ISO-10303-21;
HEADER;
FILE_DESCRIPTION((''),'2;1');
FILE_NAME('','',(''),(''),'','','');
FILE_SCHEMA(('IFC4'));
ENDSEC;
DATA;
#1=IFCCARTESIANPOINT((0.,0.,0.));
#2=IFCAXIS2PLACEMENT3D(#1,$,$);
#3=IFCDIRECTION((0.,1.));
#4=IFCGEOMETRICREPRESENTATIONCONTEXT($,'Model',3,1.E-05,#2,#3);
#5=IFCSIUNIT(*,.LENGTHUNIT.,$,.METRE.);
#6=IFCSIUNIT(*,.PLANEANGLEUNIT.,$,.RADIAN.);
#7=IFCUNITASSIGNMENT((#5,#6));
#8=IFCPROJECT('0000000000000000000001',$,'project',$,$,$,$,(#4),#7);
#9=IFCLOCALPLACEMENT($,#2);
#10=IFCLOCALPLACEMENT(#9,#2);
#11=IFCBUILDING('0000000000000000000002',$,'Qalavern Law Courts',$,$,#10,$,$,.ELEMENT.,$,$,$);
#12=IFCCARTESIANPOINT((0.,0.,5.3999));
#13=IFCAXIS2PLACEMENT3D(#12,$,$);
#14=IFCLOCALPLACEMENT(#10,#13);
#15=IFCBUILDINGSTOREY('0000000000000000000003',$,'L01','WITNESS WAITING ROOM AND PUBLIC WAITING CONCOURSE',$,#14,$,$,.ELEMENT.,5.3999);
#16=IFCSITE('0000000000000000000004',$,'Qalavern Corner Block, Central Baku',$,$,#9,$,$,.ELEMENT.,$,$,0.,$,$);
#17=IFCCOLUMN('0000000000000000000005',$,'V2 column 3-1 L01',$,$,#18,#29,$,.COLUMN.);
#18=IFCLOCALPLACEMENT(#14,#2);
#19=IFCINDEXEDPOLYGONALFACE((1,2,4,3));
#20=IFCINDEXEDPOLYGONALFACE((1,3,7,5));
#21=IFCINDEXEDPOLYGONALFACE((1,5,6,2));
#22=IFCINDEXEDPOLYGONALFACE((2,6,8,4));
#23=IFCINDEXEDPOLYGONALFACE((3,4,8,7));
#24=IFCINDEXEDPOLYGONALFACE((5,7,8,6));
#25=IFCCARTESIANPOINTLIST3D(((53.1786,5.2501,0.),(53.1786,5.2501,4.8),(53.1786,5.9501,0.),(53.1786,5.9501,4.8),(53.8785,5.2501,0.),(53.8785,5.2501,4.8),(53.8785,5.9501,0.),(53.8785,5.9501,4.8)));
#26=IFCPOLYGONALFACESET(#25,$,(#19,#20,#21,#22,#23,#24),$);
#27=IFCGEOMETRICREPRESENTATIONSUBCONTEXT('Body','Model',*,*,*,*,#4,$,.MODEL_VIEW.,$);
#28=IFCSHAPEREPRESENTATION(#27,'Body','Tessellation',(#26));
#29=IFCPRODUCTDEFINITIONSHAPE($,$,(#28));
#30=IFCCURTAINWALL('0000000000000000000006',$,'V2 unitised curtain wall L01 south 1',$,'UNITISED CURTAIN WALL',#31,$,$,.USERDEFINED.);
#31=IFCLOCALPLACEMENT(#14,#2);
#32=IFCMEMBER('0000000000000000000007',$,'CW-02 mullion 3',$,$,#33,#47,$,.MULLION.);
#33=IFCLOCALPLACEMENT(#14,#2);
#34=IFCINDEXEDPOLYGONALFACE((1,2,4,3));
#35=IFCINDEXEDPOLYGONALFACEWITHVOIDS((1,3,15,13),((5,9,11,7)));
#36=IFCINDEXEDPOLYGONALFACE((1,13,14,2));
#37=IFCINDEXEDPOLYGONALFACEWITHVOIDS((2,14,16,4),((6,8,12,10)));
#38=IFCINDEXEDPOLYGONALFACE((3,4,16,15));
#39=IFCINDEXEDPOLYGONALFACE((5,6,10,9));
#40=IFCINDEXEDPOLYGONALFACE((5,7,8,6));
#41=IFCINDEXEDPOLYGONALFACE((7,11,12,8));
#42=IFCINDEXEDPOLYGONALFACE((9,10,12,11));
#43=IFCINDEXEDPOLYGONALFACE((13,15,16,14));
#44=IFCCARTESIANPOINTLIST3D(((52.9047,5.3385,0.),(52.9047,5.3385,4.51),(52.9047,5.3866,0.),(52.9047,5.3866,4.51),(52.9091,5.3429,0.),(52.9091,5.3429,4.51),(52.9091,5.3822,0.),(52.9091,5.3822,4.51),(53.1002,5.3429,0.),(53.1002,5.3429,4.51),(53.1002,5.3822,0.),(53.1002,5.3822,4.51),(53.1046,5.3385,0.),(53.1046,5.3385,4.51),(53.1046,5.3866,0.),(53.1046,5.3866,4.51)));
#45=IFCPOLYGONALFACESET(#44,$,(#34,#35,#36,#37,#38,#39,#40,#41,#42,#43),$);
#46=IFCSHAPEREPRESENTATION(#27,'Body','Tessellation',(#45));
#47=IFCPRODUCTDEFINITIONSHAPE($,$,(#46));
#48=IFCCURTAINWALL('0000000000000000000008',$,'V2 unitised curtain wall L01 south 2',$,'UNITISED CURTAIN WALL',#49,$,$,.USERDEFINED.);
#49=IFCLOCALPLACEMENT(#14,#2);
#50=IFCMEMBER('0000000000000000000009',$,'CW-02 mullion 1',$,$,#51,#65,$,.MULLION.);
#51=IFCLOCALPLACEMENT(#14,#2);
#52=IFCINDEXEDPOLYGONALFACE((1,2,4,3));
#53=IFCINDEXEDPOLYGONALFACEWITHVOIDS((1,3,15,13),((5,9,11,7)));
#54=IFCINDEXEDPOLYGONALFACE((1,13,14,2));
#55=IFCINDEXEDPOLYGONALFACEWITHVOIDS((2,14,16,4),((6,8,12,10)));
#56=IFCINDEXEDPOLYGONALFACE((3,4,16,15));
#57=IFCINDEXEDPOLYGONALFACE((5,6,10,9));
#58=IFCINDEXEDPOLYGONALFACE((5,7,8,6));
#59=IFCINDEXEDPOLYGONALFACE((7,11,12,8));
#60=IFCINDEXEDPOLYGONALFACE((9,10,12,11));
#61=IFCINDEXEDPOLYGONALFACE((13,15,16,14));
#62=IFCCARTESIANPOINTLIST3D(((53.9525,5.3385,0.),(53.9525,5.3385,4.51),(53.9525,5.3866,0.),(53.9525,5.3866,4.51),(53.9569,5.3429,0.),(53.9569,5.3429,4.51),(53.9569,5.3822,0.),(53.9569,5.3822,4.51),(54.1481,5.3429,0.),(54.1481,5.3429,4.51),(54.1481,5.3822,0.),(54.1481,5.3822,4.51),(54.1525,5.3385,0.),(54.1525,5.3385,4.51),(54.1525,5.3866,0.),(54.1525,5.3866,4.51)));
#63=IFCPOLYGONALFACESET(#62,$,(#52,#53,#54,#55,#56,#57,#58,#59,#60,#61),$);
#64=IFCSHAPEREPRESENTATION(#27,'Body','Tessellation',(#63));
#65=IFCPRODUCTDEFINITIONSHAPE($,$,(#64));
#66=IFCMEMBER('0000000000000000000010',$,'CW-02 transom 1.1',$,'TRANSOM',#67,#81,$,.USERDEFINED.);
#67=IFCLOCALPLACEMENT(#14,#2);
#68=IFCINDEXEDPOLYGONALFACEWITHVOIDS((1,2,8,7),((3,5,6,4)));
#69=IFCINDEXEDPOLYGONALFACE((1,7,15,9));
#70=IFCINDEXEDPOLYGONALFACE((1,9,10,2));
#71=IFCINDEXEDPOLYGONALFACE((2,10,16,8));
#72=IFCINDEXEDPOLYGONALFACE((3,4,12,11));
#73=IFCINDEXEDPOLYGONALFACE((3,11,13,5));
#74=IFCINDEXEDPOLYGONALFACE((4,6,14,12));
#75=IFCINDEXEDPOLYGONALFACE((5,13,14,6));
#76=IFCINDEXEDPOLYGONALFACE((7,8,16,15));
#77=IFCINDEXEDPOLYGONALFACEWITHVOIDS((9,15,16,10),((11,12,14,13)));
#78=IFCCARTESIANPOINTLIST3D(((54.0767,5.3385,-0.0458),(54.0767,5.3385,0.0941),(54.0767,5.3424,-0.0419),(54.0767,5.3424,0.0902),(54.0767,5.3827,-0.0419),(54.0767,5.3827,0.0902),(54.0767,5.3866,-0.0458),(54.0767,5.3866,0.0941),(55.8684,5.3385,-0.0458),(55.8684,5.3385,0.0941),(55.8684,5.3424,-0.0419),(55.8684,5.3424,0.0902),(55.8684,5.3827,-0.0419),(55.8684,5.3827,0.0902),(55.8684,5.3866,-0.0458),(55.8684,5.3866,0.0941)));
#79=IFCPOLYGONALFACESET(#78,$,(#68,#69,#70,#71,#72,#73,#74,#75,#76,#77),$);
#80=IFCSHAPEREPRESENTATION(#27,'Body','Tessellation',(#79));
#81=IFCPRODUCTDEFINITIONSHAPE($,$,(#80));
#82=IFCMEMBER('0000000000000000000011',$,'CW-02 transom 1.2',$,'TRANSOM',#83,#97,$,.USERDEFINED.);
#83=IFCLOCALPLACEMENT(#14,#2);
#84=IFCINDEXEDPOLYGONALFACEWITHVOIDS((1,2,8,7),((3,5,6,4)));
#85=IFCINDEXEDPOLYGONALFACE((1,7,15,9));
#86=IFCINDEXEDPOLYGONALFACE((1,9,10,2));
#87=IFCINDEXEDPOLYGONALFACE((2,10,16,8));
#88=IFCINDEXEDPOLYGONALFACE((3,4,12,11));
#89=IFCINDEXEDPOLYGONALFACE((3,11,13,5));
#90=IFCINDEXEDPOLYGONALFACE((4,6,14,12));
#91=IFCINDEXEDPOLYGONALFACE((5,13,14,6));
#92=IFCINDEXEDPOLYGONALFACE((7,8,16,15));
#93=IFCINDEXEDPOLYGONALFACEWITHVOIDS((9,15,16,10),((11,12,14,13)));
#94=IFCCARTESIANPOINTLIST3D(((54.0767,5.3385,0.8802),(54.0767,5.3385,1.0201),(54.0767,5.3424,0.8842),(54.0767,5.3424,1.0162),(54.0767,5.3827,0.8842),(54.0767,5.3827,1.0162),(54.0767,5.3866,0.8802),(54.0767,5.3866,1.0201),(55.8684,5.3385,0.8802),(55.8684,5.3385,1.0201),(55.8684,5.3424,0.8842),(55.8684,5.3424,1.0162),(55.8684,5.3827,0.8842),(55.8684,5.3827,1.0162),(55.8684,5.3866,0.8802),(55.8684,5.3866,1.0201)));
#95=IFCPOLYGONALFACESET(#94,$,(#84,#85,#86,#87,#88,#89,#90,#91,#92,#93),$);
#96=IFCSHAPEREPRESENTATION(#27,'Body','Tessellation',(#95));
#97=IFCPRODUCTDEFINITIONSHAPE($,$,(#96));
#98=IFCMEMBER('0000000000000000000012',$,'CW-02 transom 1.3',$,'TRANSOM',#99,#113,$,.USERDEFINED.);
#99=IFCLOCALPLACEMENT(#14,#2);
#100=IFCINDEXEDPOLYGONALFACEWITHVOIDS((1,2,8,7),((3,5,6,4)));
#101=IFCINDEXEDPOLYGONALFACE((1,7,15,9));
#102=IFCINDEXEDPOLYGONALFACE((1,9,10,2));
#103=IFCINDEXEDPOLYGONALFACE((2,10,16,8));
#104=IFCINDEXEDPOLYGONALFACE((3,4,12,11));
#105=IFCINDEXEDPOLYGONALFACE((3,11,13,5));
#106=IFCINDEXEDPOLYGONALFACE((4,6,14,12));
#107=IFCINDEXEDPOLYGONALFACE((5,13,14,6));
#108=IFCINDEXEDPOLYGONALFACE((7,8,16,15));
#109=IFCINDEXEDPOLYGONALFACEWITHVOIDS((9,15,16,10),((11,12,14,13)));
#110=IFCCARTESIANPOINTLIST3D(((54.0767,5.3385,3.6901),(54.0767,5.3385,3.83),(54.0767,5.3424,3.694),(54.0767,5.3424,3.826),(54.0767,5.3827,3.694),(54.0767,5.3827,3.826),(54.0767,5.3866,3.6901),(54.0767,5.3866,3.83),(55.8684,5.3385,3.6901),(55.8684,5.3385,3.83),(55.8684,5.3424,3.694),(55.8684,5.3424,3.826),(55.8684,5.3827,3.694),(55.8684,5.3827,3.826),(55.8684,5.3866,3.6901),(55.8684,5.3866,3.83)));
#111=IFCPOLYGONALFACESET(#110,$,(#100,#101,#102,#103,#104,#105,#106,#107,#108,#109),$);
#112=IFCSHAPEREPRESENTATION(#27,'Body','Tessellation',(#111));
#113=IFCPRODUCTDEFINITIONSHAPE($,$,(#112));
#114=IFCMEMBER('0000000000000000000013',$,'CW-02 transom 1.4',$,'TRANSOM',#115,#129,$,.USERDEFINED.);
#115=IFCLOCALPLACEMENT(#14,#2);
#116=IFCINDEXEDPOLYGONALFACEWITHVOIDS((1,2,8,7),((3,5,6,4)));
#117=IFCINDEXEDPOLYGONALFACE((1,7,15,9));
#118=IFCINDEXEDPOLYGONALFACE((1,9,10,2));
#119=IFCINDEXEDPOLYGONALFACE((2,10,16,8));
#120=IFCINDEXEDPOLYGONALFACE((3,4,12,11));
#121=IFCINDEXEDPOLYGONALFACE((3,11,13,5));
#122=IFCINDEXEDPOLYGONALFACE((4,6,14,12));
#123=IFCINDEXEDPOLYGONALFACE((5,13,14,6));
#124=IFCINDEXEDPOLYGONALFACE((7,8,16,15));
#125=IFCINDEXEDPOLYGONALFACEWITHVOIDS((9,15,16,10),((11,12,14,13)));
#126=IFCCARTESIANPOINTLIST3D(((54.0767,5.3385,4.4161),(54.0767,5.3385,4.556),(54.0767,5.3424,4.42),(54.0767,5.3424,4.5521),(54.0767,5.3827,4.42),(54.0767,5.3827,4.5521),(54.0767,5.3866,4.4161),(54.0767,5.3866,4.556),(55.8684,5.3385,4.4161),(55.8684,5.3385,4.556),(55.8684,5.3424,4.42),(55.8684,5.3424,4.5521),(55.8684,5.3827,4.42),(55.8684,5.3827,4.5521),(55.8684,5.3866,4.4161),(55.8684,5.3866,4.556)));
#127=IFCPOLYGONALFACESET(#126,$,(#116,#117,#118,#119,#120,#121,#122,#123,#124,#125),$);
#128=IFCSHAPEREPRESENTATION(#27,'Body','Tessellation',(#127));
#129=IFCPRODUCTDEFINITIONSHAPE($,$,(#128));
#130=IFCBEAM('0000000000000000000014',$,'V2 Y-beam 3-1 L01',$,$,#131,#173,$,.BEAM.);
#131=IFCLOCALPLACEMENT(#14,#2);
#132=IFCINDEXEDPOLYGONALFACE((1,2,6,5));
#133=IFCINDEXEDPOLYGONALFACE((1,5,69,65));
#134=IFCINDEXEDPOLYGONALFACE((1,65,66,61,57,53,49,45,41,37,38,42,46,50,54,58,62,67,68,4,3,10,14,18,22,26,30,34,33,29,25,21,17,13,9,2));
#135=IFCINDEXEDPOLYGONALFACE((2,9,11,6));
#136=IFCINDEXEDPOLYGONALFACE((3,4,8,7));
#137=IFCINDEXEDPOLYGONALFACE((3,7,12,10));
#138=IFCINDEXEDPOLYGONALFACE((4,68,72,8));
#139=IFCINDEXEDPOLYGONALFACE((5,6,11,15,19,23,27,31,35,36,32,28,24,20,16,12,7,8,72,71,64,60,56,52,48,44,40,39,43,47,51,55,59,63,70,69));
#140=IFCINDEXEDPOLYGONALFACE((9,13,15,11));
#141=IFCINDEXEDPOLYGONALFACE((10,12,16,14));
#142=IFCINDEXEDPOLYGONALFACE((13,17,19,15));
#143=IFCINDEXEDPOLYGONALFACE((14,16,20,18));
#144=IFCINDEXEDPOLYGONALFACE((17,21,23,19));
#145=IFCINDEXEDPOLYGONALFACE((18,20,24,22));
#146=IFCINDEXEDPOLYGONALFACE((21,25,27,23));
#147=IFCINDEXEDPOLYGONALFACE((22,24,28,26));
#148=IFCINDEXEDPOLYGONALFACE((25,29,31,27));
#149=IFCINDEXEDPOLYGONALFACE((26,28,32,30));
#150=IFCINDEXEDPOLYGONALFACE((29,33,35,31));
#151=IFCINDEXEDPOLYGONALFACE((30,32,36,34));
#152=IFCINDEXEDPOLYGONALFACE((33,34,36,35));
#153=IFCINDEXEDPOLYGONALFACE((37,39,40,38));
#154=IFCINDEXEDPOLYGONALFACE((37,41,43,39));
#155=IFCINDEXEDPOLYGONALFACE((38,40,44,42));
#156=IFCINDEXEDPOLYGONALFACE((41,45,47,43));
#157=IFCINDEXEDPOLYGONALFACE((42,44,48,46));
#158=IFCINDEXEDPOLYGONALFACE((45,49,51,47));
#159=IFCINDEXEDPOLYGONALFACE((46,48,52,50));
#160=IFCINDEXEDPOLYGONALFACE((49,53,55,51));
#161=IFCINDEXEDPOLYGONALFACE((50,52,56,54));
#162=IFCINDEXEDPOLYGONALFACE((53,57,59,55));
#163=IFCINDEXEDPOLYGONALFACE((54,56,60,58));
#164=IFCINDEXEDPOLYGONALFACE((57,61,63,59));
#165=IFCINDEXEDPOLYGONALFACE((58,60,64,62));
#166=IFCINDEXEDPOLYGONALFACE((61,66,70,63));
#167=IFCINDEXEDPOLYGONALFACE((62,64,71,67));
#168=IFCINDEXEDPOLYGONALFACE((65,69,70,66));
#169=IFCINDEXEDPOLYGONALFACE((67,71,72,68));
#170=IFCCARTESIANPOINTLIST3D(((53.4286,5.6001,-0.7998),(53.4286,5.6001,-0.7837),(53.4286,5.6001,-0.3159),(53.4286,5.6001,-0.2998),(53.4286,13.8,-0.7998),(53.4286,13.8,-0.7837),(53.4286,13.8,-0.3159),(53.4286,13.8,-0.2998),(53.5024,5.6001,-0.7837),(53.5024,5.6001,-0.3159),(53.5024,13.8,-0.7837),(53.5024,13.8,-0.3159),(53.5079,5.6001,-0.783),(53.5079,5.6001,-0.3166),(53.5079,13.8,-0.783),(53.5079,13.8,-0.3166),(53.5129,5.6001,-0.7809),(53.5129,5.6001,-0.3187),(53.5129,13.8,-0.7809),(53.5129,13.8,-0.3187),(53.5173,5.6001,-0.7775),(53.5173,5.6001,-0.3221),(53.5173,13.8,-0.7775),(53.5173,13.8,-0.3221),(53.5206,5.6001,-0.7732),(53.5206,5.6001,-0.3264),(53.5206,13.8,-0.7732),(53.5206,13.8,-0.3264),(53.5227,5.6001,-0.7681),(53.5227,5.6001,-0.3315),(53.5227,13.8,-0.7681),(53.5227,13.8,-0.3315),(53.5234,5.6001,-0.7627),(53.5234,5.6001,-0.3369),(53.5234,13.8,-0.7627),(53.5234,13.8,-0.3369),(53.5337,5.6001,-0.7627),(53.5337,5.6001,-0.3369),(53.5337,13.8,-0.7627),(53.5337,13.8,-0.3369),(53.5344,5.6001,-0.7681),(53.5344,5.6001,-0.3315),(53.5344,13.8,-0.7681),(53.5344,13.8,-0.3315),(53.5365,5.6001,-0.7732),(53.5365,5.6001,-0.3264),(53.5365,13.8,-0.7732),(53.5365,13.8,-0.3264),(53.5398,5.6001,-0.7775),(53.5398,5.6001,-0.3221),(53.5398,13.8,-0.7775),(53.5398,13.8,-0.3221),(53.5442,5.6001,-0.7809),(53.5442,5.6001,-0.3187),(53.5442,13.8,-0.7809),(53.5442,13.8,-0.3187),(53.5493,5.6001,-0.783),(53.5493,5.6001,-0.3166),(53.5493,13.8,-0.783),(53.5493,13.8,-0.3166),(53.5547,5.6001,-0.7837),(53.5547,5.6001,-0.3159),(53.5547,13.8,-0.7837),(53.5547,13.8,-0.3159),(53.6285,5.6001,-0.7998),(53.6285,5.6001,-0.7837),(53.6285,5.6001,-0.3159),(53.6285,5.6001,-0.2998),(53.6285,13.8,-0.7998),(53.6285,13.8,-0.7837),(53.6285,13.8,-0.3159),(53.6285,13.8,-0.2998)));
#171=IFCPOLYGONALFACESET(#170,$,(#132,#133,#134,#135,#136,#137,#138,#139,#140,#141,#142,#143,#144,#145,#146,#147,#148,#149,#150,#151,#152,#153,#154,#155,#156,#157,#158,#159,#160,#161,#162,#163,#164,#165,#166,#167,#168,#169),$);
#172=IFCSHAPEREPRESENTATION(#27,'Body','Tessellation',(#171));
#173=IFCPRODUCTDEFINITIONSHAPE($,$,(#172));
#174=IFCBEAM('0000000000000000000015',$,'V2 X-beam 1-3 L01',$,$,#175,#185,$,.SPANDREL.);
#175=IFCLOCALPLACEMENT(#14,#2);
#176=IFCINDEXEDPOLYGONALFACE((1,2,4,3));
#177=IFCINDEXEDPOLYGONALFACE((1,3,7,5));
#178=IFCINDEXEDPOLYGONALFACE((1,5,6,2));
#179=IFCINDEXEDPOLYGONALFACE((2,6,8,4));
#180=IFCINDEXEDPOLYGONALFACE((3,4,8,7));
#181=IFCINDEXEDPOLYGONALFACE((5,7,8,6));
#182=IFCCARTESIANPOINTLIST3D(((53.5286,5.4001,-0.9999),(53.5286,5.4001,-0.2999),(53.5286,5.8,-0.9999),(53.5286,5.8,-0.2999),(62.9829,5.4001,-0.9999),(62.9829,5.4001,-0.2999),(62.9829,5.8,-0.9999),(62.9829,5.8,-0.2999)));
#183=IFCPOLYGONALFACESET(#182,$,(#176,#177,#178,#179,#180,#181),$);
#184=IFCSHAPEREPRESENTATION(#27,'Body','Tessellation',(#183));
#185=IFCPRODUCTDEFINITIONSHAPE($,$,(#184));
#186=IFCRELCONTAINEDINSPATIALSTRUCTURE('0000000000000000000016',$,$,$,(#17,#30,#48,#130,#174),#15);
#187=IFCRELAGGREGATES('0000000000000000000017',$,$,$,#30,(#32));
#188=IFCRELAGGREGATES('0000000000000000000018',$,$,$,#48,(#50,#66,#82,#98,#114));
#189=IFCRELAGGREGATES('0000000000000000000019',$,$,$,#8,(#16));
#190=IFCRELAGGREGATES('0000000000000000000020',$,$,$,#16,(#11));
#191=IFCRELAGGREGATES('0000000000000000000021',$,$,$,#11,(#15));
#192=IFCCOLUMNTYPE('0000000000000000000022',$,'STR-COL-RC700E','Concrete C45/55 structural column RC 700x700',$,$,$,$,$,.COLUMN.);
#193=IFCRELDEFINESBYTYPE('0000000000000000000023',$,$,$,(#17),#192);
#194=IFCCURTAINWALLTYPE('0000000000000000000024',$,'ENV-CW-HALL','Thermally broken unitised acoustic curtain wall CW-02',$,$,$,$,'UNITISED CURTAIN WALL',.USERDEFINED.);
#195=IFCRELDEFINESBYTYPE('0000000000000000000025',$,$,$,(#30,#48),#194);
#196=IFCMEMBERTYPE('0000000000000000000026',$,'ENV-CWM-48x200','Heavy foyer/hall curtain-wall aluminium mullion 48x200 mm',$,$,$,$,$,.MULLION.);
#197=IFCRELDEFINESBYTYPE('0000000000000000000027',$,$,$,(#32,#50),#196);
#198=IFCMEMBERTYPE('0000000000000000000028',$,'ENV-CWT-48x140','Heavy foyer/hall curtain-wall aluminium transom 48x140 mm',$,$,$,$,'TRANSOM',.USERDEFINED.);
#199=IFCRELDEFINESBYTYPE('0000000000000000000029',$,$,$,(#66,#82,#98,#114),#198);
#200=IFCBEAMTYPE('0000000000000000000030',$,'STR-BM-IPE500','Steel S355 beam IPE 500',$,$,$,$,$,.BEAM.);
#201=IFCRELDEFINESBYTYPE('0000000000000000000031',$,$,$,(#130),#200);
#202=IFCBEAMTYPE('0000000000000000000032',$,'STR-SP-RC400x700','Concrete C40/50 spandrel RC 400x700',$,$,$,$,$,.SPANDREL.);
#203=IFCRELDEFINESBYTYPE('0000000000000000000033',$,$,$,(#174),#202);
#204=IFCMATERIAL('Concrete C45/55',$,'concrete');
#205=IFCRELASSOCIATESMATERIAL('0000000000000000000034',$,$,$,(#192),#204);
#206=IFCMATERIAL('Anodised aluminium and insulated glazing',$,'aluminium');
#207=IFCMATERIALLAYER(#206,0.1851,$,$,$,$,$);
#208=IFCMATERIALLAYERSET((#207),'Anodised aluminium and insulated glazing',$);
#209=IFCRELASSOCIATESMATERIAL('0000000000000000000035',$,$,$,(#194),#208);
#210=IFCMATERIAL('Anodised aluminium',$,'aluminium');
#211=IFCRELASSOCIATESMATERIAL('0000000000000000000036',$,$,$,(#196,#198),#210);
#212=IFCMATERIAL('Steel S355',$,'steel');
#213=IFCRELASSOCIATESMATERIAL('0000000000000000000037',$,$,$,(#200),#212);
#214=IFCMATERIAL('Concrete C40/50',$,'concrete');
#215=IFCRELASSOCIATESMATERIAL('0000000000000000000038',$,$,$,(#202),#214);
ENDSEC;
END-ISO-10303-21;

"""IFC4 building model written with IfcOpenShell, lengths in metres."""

from ifc_helpers import new_model, si_unit, direction, frame, origin, origin_2d, place, context, subcontext, project, spatial, rectangle, hollow_rectangle, i_section, extrude, material, layer, layer_set, material_profile, profile_set, type_object, element, aggregate, save


model = new_model("IFC4")

# Units and contexts
model_context = context("Model", 3, precision=1e-05, world=origin(), true_north=direction((0.0, 1.0)))
body_context = subcontext(model_context, "Body", "Model", "MODEL_VIEW")
ifc_project = project(units=[si_unit("LENGTHUNIT", "METRE"), si_unit("PLANEANGLEUNIT", "RADIAN")], contexts=[model_context])

# Site, building, storey
site_placement = place(None, origin())
site = spatial("IfcSite", under=ifc_project, at=site_placement, Name="Qalavern Corner Block, Central Baku", CompositionType="ELEMENT", RefElevation=0.0)
building_placement = place(site_placement, origin())
building = spatial("IfcBuilding", under=site, at=building_placement, Name="Qalavern Law Courts", CompositionType="ELEMENT")
storey_placement = place(building_placement, frame((0.0, 0.0, 5.3999)))
storey = spatial("IfcBuildingStorey", under=building, at=storey_placement, Name="L01", Description="WITNESS WAITING ROOM AND PUBLIC WAITING CONCOURSE", CompositionType="ELEMENT", Elevation=5.3999)

# Column
ifc_material_1 = material(Name="Concrete C45/55", Category="concrete")
ifc_material_profile_1 = material_profile(ifc_material_1, rectangle(XDim=0.7, YDim=0.7, at=origin_2d()), Name="RC 700x700")
ifc_profile_set_1 = profile_set([ifc_material_profile_1], Name="Concrete C45/55")
column_type = type_object("IfcColumnType", Name="STR-COL-RC700E", Description="Concrete C45/55 structural column RC 700x700", PredefinedType="COLUMN", material=ifc_profile_set_1)
column_placement = place(storey_placement, frame((53.5286, 5.6001, 0.0), z_axis=(0.0, 0.0, 1.0), x_axis=(1.0, 0.0, 0.0)))
element("IfcColumn", 1, at=column_placement, inside=storey, type_object=column_type, Name="V2 column 3-1 L01", PredefinedType="COLUMN", context=body_context, shape_type="SweptSolid", body=[
    extrude(rectangle(XDim=0.7, YDim=0.7, at=origin_2d()), origin(), (0.0, 0.0, 1.0), 4.8),
])

# Curtain wall, member
ifc_material_2 = material(Name="Anodised aluminium and insulated glazing", Category="aluminium")
ifc_layer_1 = layer(ifc_material_2, 0.1851)
ifc_layer_set_1 = layer_set([ifc_layer_1], Name="Anodised aluminium and insulated glazing")
curtain_wall_type = type_object("IfcCurtainWallType", Name="ENV-CW-HALL", Description="Thermally broken unitised acoustic curtain wall CW-02", ElementType="UNITISED CURTAIN WALL", PredefinedType="USERDEFINED", material=ifc_layer_set_1)
curtain_wall_1_placement = place(storey_placement, origin())
curtain_wall_1 = element("IfcCurtainWall", 2, at=curtain_wall_1_placement, inside=storey, type_object=curtain_wall_type, Name="V2 unitised curtain wall L01 south 1", ObjectType="UNITISED CURTAIN WALL", PredefinedType="USERDEFINED")
ifc_material_3 = material(Name="Anodised aluminium", Category="aluminium")
ifc_material_profile_2 = material_profile(ifc_material_3, hollow_rectangle(XDim=0.0481, YDim=0.2, WallThickness=0.0044, at=origin_2d()), Name="ALU MULLION 48x200")
ifc_profile_set_2 = profile_set([ifc_material_profile_2], Name="Anodised aluminium")
member_type_1 = type_object("IfcMemberType", Name="ENV-CWM-48x200", Description="Heavy foyer/hall curtain-wall aluminium mullion 48x200 mm", PredefinedType="MULLION", material=ifc_profile_set_2)
member_1_placement = place(storey_placement, frame((53.0046, 5.3625, 0.0), z_axis=(0.0, 0.0, 1.0), x_axis=(0.0, 1.0, 0.0)))
member_1 = element("IfcMember", 3, at=member_1_placement, type_object=member_type_1, Name="CW-02 mullion 3", PredefinedType="MULLION", context=body_context, shape_type="SweptSolid", body=[
    extrude(hollow_rectangle(XDim=0.0481, YDim=0.2, WallThickness=0.0044, at=origin_2d()), origin(), (0.0, 0.0, 1.0), 4.51),
])

# Curtain wall, members
curtain_wall_2_placement = place(storey_placement, origin())
curtain_wall_2 = element("IfcCurtainWall", 4, at=curtain_wall_2_placement, inside=storey, type_object=curtain_wall_type, Name="V2 unitised curtain wall L01 south 2", ObjectType="UNITISED CURTAIN WALL", PredefinedType="USERDEFINED")
member_2_placement = place(storey_placement, frame((54.0525, 5.3625, 0.0), z_axis=(0.0, 0.0, 1.0), x_axis=(0.0, 1.0, 0.0)))
member_2 = element("IfcMember", 5, at=member_2_placement, type_object=member_type_1, Name="CW-02 mullion 1", PredefinedType="MULLION", context=body_context, shape_type="SweptSolid", body=[
    extrude(hollow_rectangle(XDim=0.0481, YDim=0.2, WallThickness=0.0044, at=origin_2d()), origin(), (0.0, 0.0, 1.0), 4.51),
])
ifc_material_profile_3 = material_profile(ifc_material_3, hollow_rectangle(XDim=0.0481, YDim=0.1399, WallThickness=0.0039, at=origin_2d()), Name="ALU TRANSOM 48x140")
ifc_profile_set_3 = profile_set([ifc_material_profile_3], Name="Anodised aluminium")
member_type_2 = type_object("IfcMemberType", Name="ENV-CWT-48x140", Description="Heavy foyer/hall curtain-wall aluminium transom 48x140 mm", ElementType="TRANSOM", PredefinedType="USERDEFINED", material=ifc_profile_set_3)
member_3_placement = place(storey_placement, frame((54.0767, 5.3625, 0.0242), z_axis=(1.0, 0.0, 0.0), x_axis=(0.0, 1.0, 0.0)))
member_3 = element("IfcMember", 6, at=member_3_placement, type_object=member_type_2, Name="CW-02 transom 1.1", ObjectType="TRANSOM", PredefinedType="USERDEFINED", context=body_context, shape_type="SweptSolid", body=[
    extrude(hollow_rectangle(XDim=0.0481, YDim=0.1399, WallThickness=0.0039, at=origin_2d()), origin(), (0.0, 0.0, 1.0), 1.7917),
])
member_4_placement = place(storey_placement, frame((54.0767, 5.3625, 0.9502), z_axis=(1.0, 0.0, 0.0), x_axis=(0.0, 1.0, 0.0)))
member_4 = element("IfcMember", 7, at=member_4_placement, type_object=member_type_2, Name="CW-02 transom 1.2", ObjectType="TRANSOM", PredefinedType="USERDEFINED", context=body_context, shape_type="SweptSolid", body=[
    extrude(hollow_rectangle(XDim=0.0481, YDim=0.1399, WallThickness=0.0039, at=origin_2d()), origin(), (0.0, 0.0, 1.0), 1.7917),
])
member_5_placement = place(storey_placement, frame((54.0767, 5.3625, 3.76), z_axis=(1.0, 0.0, 0.0), x_axis=(0.0, 1.0, 0.0)))
member_5 = element("IfcMember", 8, at=member_5_placement, type_object=member_type_2, Name="CW-02 transom 1.3", ObjectType="TRANSOM", PredefinedType="USERDEFINED", context=body_context, shape_type="SweptSolid", body=[
    extrude(hollow_rectangle(XDim=0.0481, YDim=0.1399, WallThickness=0.0039, at=origin_2d()), origin(), (0.0, 0.0, 1.0), 1.7917),
])
member_6_placement = place(storey_placement, frame((54.0767, 5.3625, 4.4861), z_axis=(1.0, 0.0, 0.0), x_axis=(0.0, 1.0, 0.0)))
member_6 = element("IfcMember", 9, at=member_6_placement, type_object=member_type_2, Name="CW-02 transom 1.4", ObjectType="TRANSOM", PredefinedType="USERDEFINED", context=body_context, shape_type="SweptSolid", body=[
    extrude(hollow_rectangle(XDim=0.0481, YDim=0.1399, WallThickness=0.0039, at=origin_2d()), origin(), (0.0, 0.0, 1.0), 1.7917),
])

# Beams
ifc_material_4 = material(Name="Steel S355", Category="steel")
ifc_material_profile_4 = material_profile(ifc_material_4, i_section(OverallWidth=0.2, OverallDepth=0.5, WebThickness=0.0103, FlangeThickness=0.0161, FilletRadius=0.021, at=origin_2d()), Name="IPE 500")
ifc_profile_set_4 = profile_set([ifc_material_profile_4], Name="Steel S355")
beam_type_1 = type_object("IfcBeamType", Name="STR-BM-IPE500", Description="Steel S355 beam IPE 500", PredefinedType="BEAM", material=ifc_profile_set_4)
beam_1_placement = place(storey_placement, frame((53.5286, 5.6001, -0.5498), z_axis=(0.0, 1.0, 0.0), x_axis=(-1.0, 0.0, 0.0)))
element("IfcBeam", 10, at=beam_1_placement, inside=storey, type_object=beam_type_1, Name="V2 Y-beam 3-1 L01", PredefinedType="BEAM", context=body_context, shape_type="SweptSolid", body=[
    extrude(i_section(OverallWidth=0.2, OverallDepth=0.5, WebThickness=0.0103, FlangeThickness=0.0161, FilletRadius=0.021, at=origin_2d()), origin(), (0.0, 0.0, 1.0), 8.2),
])
ifc_material_5 = material(Name="Concrete C40/50", Category="concrete")
ifc_material_profile_5 = material_profile(ifc_material_5, rectangle(XDim=0.3999, YDim=0.7, at=origin_2d()), Name="RC 400x700")
ifc_profile_set_5 = profile_set([ifc_material_profile_5], Name="Concrete C40/50")
beam_type_2 = type_object("IfcBeamType", Name="STR-SP-RC400x700", Description="Concrete C40/50 spandrel RC 400x700", PredefinedType="SPANDREL", material=ifc_profile_set_5)
beam_2_placement = place(storey_placement, frame((53.5286, 5.6001, -0.6499), z_axis=(1.0, 0.0, 0.0), x_axis=(0.0, 1.0, 0.0)))
element("IfcBeam", 11, at=beam_2_placement, inside=storey, type_object=beam_type_2, Name="V2 X-beam 1-3 L01", PredefinedType="SPANDREL", context=body_context, shape_type="SweptSolid", body=[
    extrude(rectangle(XDim=0.3999, YDim=0.7, at=origin_2d()), origin(), (0.0, 0.0, 1.0), 9.4543),
])

aggregate(curtain_wall_1, [member_1])
aggregate(curtain_wall_2, [member_2, member_3, member_4, member_5, member_6])

save(model, "model.ifc")
